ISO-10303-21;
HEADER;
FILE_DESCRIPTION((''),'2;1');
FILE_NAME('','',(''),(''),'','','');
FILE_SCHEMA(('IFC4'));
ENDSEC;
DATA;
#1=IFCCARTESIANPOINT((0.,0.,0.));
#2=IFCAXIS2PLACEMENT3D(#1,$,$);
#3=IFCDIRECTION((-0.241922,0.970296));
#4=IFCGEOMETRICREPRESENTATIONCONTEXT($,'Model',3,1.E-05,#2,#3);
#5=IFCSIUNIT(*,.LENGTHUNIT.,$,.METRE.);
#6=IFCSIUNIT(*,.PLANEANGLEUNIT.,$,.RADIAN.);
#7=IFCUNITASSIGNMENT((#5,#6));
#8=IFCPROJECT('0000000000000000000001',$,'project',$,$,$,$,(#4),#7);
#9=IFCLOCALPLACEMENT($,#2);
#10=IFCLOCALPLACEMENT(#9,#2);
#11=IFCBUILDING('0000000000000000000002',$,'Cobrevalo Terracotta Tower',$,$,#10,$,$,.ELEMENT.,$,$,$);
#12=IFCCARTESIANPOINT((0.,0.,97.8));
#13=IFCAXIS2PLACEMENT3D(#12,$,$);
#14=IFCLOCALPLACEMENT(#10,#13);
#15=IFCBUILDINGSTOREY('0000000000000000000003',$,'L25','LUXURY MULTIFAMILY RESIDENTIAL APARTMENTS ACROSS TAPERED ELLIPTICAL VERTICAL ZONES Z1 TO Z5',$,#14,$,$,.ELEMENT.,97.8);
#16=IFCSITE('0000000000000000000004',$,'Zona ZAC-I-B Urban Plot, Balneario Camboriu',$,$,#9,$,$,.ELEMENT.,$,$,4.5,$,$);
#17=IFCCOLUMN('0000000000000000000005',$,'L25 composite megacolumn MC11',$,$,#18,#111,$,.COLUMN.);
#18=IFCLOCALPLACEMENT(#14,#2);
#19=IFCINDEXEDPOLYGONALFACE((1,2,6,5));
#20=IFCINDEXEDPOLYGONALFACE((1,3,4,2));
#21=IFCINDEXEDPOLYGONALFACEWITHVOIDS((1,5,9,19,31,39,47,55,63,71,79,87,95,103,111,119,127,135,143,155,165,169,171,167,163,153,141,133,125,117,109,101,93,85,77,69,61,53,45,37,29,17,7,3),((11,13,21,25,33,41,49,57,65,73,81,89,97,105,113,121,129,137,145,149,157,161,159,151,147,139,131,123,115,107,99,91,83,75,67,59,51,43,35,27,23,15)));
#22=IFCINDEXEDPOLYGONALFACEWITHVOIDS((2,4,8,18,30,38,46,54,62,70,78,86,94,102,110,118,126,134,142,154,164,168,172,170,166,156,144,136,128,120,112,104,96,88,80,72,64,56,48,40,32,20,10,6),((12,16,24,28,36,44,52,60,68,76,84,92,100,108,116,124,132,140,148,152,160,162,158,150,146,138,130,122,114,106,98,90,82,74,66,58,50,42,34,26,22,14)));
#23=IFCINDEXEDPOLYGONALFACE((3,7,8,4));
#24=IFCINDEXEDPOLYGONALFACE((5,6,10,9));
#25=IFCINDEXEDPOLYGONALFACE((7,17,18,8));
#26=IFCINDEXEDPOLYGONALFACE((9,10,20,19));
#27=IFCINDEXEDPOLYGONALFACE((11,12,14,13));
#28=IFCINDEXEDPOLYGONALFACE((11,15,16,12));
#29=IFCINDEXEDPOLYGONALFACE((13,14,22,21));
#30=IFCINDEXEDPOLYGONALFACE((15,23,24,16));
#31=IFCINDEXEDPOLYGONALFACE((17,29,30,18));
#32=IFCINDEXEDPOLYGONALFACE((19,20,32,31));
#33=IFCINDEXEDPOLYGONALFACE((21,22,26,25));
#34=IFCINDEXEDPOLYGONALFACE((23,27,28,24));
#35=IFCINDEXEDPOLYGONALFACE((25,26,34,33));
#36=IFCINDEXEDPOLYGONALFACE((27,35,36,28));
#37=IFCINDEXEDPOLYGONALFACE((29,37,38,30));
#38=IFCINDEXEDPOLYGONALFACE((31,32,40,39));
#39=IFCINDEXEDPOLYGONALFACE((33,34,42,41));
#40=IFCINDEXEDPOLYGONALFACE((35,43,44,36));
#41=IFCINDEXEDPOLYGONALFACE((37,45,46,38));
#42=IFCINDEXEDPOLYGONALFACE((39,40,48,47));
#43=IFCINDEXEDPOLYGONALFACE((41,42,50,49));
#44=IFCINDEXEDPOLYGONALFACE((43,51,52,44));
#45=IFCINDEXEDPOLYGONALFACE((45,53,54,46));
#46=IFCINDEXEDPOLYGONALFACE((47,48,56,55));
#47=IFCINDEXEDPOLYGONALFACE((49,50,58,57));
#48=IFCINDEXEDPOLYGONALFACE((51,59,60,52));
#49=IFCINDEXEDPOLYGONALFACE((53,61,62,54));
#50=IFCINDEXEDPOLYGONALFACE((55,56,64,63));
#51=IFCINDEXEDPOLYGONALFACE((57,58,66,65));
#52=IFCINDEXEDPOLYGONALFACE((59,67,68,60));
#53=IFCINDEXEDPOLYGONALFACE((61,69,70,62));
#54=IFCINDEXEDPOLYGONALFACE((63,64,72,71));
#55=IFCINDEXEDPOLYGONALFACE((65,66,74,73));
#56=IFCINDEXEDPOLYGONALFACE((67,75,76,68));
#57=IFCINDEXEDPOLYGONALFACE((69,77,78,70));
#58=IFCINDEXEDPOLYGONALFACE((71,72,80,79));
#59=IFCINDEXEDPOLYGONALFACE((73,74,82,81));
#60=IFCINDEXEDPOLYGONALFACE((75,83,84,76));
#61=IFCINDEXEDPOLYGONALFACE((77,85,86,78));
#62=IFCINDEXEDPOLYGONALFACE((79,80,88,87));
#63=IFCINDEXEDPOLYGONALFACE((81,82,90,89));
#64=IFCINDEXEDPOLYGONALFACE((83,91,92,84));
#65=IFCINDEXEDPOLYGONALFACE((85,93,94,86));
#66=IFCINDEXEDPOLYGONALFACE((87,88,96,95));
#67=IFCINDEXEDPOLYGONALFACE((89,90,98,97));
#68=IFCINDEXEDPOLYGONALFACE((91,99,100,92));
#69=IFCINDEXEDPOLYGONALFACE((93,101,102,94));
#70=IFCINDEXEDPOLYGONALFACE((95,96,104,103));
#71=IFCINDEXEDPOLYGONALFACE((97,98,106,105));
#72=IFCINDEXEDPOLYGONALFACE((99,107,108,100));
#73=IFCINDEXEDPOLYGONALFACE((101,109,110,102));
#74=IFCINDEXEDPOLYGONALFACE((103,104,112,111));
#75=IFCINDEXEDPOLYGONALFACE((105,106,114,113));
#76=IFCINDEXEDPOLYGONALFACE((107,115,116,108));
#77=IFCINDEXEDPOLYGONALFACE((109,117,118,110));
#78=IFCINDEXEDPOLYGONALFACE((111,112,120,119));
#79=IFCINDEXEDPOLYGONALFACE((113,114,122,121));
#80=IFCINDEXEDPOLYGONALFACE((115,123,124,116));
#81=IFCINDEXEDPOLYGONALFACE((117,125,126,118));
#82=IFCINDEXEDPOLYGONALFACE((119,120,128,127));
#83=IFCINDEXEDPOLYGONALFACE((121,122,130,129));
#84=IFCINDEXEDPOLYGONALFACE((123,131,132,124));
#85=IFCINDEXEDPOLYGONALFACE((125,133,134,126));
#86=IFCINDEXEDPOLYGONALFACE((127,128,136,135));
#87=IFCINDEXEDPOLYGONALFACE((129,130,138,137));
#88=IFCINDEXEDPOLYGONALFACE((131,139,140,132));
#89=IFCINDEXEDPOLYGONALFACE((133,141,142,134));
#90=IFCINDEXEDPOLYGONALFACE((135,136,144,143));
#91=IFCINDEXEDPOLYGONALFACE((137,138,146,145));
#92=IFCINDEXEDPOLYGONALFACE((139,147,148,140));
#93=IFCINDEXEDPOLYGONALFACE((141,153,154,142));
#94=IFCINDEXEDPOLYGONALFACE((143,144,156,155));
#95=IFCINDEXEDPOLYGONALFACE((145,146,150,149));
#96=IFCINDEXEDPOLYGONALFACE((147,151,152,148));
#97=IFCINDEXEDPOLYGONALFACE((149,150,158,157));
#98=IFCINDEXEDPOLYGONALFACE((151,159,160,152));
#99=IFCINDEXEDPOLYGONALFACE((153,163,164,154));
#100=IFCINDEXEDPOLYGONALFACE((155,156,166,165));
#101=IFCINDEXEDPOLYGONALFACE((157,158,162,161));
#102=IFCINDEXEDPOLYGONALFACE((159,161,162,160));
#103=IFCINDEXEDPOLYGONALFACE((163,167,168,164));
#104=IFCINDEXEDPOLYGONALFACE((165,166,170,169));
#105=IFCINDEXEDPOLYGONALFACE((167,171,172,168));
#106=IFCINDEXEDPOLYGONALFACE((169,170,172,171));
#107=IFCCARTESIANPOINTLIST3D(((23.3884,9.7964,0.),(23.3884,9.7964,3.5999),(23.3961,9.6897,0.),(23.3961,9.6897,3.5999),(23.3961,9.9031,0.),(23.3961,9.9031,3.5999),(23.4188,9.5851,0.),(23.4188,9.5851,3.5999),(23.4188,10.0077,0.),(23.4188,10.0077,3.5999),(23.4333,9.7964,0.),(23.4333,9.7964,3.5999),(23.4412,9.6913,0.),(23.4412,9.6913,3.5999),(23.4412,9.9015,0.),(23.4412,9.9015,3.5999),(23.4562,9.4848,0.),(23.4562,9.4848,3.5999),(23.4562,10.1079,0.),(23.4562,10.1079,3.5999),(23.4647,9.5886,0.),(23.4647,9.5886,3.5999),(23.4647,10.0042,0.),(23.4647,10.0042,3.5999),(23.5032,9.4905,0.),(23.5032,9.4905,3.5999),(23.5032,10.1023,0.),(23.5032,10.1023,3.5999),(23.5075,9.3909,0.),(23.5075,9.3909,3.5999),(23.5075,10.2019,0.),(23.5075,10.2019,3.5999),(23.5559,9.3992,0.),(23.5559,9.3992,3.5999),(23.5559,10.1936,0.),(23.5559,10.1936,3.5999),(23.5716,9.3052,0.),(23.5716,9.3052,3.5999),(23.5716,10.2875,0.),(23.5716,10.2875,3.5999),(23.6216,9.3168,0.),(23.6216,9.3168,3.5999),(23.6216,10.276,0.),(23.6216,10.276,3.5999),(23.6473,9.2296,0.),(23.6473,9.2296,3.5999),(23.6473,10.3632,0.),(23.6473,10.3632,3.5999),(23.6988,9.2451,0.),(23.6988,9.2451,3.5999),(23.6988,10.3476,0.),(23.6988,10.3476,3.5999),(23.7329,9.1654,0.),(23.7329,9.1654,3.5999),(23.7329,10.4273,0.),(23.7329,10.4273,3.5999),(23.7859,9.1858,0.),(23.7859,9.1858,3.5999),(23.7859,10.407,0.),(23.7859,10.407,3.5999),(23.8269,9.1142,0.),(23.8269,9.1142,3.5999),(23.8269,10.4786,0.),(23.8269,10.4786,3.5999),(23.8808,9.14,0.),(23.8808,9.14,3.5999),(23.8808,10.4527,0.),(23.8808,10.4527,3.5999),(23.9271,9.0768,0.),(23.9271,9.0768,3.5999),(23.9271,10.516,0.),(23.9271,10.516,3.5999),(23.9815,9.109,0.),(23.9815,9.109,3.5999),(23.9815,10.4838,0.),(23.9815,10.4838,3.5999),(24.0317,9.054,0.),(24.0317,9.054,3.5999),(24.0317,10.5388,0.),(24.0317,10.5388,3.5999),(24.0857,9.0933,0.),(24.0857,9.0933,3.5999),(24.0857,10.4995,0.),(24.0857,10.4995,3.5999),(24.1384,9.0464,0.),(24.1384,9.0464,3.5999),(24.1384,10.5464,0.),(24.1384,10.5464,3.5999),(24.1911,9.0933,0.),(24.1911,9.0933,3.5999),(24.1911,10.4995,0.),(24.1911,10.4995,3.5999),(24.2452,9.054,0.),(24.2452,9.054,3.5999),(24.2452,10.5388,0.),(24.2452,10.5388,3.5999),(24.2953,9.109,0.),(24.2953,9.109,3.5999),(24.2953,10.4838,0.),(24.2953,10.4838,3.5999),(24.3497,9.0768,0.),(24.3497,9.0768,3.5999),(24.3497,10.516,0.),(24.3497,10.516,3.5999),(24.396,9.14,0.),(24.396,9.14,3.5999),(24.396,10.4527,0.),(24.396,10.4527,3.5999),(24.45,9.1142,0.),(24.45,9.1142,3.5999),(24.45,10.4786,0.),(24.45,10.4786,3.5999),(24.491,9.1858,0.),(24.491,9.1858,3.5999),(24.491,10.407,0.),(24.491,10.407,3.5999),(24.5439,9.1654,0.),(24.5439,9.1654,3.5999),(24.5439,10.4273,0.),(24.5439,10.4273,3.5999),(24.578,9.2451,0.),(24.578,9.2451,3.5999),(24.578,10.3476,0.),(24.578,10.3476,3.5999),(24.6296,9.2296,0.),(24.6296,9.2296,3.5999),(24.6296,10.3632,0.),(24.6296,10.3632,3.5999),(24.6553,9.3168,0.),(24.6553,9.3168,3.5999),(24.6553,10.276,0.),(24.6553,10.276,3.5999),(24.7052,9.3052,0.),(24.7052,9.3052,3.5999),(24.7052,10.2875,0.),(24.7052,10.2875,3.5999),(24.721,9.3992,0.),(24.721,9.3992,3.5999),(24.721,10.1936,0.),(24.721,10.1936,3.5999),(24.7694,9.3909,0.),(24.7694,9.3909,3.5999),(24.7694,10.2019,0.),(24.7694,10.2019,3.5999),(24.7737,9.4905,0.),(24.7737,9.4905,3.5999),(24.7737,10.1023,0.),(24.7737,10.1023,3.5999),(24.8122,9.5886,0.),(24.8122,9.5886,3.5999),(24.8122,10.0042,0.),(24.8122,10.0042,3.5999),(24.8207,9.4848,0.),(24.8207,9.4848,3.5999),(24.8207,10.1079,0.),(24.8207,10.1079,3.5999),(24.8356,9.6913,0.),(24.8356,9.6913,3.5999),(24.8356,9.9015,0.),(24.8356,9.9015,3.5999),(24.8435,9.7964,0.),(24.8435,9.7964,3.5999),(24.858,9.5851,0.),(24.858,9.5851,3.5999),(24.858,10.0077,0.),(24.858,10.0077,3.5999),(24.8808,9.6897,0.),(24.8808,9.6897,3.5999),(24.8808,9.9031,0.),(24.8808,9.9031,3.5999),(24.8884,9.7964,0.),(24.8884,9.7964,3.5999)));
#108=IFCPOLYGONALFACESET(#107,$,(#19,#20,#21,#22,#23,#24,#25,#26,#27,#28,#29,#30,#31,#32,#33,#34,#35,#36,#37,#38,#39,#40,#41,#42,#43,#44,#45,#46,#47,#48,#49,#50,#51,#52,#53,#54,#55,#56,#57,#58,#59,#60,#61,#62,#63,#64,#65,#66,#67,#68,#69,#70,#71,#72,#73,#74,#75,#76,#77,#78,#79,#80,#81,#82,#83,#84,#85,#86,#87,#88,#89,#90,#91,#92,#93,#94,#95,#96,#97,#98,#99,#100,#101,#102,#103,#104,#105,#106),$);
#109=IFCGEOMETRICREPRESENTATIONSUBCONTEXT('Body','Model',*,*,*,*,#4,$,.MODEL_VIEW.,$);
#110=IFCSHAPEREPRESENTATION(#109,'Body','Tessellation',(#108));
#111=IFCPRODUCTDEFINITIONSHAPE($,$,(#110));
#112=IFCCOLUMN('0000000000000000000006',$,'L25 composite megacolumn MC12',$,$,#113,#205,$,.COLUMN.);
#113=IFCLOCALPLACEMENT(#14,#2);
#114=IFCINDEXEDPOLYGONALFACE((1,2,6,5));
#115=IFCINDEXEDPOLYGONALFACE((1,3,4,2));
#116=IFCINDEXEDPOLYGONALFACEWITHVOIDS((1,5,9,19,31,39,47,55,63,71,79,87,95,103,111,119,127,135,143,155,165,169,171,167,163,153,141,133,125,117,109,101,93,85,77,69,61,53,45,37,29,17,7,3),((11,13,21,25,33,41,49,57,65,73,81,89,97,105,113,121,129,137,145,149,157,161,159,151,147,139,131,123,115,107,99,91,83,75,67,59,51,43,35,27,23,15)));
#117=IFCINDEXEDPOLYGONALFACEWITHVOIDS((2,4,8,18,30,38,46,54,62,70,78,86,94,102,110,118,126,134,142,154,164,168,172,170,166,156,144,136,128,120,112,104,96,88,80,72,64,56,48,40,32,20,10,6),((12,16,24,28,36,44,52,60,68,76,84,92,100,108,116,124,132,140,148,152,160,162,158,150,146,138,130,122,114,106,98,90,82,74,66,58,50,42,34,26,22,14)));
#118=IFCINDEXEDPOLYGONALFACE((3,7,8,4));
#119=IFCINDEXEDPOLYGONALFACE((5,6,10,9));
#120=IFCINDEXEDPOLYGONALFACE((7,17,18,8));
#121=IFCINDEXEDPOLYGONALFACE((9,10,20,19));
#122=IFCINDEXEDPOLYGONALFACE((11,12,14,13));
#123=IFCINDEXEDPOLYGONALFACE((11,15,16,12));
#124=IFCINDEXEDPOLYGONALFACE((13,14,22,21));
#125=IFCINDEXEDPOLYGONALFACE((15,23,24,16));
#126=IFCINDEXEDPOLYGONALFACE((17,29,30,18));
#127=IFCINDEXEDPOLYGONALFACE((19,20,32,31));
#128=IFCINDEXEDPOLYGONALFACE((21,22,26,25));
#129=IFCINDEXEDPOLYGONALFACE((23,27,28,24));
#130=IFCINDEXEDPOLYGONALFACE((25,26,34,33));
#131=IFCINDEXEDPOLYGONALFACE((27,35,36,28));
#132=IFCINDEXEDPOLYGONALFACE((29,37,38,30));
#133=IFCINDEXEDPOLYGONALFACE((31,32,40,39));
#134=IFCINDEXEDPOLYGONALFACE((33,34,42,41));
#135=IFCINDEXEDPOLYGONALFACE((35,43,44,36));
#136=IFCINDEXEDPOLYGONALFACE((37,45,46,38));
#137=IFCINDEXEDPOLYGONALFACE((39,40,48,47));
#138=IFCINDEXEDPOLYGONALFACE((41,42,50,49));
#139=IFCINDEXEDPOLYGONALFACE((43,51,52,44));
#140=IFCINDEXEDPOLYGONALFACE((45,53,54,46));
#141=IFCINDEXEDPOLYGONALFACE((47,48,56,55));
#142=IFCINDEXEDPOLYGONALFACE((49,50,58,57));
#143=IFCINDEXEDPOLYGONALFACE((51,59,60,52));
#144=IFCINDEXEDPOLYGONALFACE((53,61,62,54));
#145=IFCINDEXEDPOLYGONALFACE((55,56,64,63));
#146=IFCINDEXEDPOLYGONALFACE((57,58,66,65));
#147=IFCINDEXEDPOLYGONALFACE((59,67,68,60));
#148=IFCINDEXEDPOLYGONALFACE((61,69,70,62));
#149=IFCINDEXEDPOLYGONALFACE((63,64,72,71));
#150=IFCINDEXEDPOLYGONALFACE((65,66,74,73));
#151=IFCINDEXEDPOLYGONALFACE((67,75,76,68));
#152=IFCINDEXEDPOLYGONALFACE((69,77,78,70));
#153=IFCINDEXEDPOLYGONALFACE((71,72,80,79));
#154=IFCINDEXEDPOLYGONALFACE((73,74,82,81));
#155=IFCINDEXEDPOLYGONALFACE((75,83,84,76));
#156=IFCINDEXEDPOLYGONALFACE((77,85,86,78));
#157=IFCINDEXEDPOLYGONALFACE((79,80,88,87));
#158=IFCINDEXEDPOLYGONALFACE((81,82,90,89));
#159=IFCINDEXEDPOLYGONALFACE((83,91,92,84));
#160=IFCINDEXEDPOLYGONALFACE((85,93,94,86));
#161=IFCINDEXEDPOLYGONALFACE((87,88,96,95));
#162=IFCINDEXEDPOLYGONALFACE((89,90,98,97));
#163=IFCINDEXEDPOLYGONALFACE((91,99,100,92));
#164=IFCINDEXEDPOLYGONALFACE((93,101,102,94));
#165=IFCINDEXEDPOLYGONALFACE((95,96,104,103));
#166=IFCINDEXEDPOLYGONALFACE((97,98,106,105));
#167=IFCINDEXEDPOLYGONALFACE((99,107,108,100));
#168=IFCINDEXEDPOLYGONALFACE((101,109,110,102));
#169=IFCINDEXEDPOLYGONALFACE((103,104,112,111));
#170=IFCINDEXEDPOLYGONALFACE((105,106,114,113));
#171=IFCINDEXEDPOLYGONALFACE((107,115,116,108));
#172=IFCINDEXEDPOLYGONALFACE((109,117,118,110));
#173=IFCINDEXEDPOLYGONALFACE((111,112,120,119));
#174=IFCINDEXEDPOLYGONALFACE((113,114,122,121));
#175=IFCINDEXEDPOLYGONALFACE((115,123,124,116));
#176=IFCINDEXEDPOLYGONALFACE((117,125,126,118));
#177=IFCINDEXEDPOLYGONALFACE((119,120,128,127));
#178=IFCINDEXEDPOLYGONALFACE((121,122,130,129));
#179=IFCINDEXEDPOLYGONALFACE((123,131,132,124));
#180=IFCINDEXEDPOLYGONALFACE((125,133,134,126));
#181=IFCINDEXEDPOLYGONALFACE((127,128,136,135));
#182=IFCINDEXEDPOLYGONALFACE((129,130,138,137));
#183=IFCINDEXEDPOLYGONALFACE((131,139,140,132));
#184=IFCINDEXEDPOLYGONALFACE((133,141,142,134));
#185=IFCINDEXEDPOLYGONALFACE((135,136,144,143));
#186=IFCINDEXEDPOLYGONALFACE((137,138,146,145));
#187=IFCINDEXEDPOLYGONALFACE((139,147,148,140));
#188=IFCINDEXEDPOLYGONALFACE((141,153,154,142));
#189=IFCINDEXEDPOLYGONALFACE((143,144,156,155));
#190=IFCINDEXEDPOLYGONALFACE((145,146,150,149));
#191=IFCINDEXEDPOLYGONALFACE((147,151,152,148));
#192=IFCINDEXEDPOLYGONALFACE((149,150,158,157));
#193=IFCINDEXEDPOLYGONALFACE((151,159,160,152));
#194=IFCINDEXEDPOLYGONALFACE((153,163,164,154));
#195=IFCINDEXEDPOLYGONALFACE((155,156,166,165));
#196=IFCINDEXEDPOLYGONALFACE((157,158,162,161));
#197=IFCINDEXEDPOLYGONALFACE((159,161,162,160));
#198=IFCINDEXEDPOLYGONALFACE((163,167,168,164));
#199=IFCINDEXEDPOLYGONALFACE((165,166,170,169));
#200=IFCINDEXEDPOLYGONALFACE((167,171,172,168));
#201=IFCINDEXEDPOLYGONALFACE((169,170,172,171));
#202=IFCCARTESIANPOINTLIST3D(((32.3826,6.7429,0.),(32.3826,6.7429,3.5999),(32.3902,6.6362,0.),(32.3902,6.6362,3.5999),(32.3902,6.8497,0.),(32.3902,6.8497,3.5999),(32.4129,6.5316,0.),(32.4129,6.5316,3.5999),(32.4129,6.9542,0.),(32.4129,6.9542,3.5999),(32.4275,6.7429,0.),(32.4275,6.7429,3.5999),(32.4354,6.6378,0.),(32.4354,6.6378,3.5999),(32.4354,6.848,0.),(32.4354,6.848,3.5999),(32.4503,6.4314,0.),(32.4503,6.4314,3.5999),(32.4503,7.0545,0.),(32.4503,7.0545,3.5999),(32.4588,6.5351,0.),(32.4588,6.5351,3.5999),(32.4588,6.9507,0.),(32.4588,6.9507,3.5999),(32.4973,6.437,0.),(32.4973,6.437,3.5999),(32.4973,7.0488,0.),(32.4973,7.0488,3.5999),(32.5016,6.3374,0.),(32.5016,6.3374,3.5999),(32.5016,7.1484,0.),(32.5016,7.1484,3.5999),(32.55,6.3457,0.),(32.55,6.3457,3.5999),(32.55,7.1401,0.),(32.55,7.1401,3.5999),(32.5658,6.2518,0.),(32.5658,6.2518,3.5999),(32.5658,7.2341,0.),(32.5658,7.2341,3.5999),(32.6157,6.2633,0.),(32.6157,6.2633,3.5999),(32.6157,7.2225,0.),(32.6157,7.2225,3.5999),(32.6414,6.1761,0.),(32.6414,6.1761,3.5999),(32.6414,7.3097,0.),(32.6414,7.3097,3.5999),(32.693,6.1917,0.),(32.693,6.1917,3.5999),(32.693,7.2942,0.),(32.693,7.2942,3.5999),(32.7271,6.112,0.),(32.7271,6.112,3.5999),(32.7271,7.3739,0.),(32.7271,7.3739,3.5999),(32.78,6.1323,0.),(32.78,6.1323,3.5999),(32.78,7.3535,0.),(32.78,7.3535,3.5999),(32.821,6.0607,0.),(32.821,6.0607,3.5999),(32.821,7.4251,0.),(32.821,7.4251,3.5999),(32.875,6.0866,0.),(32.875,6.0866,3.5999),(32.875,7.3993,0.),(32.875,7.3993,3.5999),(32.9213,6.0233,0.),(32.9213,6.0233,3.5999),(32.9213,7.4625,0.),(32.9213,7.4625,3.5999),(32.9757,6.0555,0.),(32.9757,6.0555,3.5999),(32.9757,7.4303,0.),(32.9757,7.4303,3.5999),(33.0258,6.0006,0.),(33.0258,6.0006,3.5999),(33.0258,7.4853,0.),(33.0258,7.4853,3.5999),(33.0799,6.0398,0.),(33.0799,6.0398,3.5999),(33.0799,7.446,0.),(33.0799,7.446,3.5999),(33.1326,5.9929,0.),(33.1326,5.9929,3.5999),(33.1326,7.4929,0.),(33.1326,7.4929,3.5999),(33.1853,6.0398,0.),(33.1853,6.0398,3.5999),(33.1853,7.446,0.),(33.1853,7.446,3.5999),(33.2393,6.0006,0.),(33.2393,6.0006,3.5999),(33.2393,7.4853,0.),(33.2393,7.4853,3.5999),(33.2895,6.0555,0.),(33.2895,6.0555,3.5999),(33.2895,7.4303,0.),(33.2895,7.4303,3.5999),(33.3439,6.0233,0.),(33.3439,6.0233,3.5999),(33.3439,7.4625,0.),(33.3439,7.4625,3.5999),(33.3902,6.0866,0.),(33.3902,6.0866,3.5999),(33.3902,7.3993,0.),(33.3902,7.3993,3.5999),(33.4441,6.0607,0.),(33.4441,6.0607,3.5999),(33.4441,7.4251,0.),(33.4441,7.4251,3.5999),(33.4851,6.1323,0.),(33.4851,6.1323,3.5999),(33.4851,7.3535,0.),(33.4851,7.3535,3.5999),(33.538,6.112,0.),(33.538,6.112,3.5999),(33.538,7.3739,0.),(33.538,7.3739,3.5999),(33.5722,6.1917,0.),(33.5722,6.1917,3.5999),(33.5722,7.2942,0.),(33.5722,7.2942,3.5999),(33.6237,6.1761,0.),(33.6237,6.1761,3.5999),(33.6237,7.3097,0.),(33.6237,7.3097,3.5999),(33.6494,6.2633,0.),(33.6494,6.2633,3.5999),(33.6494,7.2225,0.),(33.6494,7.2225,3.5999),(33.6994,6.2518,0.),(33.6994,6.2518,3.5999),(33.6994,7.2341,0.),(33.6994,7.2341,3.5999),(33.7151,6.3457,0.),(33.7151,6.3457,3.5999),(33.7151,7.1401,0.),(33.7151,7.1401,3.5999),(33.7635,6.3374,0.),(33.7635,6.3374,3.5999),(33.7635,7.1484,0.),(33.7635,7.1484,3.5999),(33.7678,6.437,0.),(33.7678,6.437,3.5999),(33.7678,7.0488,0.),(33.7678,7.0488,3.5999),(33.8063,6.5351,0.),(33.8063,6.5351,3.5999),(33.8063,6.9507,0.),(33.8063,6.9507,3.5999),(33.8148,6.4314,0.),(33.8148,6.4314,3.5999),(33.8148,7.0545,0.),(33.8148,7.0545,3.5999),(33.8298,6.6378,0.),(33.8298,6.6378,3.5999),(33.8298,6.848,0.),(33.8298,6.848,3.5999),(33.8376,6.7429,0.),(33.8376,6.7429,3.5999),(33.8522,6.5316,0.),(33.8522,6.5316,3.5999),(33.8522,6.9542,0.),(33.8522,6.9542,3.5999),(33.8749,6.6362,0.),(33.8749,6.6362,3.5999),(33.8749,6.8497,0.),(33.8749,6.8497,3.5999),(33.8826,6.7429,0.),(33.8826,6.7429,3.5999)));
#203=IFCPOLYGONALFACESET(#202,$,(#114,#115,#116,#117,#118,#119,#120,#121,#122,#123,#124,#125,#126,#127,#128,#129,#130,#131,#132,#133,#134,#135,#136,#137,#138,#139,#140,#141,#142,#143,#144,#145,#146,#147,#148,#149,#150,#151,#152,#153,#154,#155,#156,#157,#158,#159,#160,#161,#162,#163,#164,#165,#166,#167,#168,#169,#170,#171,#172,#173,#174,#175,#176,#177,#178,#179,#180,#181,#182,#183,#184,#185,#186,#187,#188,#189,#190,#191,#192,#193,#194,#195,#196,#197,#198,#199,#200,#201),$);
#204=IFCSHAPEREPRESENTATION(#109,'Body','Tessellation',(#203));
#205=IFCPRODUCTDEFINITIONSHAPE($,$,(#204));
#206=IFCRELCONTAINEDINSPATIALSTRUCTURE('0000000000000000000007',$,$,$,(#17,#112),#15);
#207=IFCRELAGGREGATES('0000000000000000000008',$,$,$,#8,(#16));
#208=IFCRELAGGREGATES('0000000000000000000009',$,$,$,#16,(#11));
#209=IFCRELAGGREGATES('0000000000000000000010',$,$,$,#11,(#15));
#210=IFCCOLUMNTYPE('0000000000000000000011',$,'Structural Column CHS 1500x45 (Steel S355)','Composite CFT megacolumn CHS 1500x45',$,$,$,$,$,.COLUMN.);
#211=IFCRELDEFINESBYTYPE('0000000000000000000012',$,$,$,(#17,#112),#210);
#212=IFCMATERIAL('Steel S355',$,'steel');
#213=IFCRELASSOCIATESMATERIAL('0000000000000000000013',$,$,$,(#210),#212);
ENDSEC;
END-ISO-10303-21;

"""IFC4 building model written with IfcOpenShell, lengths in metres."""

from ifc_helpers import new_model, si_unit, direction, frame, origin, origin_2d, place, context, subcontext, project, spatial, hollow_circle, extrude, material, material_profile, profile_set, type_object, element, save


model = new_model("IFC4")

# Units and contexts
model_context = context("Model", 3, precision=1e-05, world=origin(), true_north=direction((-0.241922, 0.970296)))
body_context = subcontext(model_context, "Body", "Model", "MODEL_VIEW")
ifc_project = project(units=[si_unit("LENGTHUNIT", "METRE"), si_unit("PLANEANGLEUNIT", "RADIAN")], contexts=[model_context])

# Site, building, storey
site_placement = place(None, origin())
site = spatial("IfcSite", under=ifc_project, at=site_placement, Name="Zona ZAC-I-B Urban Plot, Balneario Camboriu", CompositionType="ELEMENT", RefElevation=4.5)
building_placement = place(site_placement, origin())
building = spatial("IfcBuilding", under=site, at=building_placement, Name="Cobrevalo Terracotta Tower", CompositionType="ELEMENT")
storey_placement = place(building_placement, frame((0.0, 0.0, 97.8)))
storey = spatial("IfcBuildingStorey", under=building, at=storey_placement, Name="L25", Description="LUXURY MULTIFAMILY RESIDENTIAL APARTMENTS ACROSS TAPERED ELLIPTICAL VERTICAL ZONES Z1 TO Z5", CompositionType="ELEMENT", Elevation=97.8)

# Columns
ifc_material_1 = material(Name="Steel S355", Category="steel")
ifc_material_profile_1 = material_profile(ifc_material_1, hollow_circle(Radius=0.75, WallThickness=0.0449, at=origin_2d()), Name="CHS 1500x45")
ifc_profile_set_1 = profile_set([ifc_material_profile_1], Name="Steel S355")
column_type = type_object("IfcColumnType", Name="Structural Column CHS 1500x45 (Steel S355)", Description="Composite CFT megacolumn CHS 1500x45", PredefinedType="COLUMN", material=ifc_profile_set_1)
for number, where, z_axis, x_axis, name in (
    (1, (24.1384, 9.7964, 0.0), (0.0, 0.0, 1.0), (1.0, 0.0, 0.0), "L25 composite megacolumn MC11"),
    (2, (33.1326, 6.7429, 0.0), (0.0, 0.0, 1.0), (1.0, 0.0, 0.0), "L25 composite megacolumn MC12"),
):
    element("IfcColumn", number, at=place(storey_placement, frame(where, z_axis=z_axis, x_axis=x_axis)), inside=storey, type_object=column_type, Name=name, PredefinedType="COLUMN", context=body_context, shape_type="SweptSolid", body=[
        extrude(hollow_circle(Radius=0.75, WallThickness=0.0449, at=origin_2d()), origin(), (0.0, 0.0, 1.0), 3.5999),
    ])

save(model, "model.ifc")
